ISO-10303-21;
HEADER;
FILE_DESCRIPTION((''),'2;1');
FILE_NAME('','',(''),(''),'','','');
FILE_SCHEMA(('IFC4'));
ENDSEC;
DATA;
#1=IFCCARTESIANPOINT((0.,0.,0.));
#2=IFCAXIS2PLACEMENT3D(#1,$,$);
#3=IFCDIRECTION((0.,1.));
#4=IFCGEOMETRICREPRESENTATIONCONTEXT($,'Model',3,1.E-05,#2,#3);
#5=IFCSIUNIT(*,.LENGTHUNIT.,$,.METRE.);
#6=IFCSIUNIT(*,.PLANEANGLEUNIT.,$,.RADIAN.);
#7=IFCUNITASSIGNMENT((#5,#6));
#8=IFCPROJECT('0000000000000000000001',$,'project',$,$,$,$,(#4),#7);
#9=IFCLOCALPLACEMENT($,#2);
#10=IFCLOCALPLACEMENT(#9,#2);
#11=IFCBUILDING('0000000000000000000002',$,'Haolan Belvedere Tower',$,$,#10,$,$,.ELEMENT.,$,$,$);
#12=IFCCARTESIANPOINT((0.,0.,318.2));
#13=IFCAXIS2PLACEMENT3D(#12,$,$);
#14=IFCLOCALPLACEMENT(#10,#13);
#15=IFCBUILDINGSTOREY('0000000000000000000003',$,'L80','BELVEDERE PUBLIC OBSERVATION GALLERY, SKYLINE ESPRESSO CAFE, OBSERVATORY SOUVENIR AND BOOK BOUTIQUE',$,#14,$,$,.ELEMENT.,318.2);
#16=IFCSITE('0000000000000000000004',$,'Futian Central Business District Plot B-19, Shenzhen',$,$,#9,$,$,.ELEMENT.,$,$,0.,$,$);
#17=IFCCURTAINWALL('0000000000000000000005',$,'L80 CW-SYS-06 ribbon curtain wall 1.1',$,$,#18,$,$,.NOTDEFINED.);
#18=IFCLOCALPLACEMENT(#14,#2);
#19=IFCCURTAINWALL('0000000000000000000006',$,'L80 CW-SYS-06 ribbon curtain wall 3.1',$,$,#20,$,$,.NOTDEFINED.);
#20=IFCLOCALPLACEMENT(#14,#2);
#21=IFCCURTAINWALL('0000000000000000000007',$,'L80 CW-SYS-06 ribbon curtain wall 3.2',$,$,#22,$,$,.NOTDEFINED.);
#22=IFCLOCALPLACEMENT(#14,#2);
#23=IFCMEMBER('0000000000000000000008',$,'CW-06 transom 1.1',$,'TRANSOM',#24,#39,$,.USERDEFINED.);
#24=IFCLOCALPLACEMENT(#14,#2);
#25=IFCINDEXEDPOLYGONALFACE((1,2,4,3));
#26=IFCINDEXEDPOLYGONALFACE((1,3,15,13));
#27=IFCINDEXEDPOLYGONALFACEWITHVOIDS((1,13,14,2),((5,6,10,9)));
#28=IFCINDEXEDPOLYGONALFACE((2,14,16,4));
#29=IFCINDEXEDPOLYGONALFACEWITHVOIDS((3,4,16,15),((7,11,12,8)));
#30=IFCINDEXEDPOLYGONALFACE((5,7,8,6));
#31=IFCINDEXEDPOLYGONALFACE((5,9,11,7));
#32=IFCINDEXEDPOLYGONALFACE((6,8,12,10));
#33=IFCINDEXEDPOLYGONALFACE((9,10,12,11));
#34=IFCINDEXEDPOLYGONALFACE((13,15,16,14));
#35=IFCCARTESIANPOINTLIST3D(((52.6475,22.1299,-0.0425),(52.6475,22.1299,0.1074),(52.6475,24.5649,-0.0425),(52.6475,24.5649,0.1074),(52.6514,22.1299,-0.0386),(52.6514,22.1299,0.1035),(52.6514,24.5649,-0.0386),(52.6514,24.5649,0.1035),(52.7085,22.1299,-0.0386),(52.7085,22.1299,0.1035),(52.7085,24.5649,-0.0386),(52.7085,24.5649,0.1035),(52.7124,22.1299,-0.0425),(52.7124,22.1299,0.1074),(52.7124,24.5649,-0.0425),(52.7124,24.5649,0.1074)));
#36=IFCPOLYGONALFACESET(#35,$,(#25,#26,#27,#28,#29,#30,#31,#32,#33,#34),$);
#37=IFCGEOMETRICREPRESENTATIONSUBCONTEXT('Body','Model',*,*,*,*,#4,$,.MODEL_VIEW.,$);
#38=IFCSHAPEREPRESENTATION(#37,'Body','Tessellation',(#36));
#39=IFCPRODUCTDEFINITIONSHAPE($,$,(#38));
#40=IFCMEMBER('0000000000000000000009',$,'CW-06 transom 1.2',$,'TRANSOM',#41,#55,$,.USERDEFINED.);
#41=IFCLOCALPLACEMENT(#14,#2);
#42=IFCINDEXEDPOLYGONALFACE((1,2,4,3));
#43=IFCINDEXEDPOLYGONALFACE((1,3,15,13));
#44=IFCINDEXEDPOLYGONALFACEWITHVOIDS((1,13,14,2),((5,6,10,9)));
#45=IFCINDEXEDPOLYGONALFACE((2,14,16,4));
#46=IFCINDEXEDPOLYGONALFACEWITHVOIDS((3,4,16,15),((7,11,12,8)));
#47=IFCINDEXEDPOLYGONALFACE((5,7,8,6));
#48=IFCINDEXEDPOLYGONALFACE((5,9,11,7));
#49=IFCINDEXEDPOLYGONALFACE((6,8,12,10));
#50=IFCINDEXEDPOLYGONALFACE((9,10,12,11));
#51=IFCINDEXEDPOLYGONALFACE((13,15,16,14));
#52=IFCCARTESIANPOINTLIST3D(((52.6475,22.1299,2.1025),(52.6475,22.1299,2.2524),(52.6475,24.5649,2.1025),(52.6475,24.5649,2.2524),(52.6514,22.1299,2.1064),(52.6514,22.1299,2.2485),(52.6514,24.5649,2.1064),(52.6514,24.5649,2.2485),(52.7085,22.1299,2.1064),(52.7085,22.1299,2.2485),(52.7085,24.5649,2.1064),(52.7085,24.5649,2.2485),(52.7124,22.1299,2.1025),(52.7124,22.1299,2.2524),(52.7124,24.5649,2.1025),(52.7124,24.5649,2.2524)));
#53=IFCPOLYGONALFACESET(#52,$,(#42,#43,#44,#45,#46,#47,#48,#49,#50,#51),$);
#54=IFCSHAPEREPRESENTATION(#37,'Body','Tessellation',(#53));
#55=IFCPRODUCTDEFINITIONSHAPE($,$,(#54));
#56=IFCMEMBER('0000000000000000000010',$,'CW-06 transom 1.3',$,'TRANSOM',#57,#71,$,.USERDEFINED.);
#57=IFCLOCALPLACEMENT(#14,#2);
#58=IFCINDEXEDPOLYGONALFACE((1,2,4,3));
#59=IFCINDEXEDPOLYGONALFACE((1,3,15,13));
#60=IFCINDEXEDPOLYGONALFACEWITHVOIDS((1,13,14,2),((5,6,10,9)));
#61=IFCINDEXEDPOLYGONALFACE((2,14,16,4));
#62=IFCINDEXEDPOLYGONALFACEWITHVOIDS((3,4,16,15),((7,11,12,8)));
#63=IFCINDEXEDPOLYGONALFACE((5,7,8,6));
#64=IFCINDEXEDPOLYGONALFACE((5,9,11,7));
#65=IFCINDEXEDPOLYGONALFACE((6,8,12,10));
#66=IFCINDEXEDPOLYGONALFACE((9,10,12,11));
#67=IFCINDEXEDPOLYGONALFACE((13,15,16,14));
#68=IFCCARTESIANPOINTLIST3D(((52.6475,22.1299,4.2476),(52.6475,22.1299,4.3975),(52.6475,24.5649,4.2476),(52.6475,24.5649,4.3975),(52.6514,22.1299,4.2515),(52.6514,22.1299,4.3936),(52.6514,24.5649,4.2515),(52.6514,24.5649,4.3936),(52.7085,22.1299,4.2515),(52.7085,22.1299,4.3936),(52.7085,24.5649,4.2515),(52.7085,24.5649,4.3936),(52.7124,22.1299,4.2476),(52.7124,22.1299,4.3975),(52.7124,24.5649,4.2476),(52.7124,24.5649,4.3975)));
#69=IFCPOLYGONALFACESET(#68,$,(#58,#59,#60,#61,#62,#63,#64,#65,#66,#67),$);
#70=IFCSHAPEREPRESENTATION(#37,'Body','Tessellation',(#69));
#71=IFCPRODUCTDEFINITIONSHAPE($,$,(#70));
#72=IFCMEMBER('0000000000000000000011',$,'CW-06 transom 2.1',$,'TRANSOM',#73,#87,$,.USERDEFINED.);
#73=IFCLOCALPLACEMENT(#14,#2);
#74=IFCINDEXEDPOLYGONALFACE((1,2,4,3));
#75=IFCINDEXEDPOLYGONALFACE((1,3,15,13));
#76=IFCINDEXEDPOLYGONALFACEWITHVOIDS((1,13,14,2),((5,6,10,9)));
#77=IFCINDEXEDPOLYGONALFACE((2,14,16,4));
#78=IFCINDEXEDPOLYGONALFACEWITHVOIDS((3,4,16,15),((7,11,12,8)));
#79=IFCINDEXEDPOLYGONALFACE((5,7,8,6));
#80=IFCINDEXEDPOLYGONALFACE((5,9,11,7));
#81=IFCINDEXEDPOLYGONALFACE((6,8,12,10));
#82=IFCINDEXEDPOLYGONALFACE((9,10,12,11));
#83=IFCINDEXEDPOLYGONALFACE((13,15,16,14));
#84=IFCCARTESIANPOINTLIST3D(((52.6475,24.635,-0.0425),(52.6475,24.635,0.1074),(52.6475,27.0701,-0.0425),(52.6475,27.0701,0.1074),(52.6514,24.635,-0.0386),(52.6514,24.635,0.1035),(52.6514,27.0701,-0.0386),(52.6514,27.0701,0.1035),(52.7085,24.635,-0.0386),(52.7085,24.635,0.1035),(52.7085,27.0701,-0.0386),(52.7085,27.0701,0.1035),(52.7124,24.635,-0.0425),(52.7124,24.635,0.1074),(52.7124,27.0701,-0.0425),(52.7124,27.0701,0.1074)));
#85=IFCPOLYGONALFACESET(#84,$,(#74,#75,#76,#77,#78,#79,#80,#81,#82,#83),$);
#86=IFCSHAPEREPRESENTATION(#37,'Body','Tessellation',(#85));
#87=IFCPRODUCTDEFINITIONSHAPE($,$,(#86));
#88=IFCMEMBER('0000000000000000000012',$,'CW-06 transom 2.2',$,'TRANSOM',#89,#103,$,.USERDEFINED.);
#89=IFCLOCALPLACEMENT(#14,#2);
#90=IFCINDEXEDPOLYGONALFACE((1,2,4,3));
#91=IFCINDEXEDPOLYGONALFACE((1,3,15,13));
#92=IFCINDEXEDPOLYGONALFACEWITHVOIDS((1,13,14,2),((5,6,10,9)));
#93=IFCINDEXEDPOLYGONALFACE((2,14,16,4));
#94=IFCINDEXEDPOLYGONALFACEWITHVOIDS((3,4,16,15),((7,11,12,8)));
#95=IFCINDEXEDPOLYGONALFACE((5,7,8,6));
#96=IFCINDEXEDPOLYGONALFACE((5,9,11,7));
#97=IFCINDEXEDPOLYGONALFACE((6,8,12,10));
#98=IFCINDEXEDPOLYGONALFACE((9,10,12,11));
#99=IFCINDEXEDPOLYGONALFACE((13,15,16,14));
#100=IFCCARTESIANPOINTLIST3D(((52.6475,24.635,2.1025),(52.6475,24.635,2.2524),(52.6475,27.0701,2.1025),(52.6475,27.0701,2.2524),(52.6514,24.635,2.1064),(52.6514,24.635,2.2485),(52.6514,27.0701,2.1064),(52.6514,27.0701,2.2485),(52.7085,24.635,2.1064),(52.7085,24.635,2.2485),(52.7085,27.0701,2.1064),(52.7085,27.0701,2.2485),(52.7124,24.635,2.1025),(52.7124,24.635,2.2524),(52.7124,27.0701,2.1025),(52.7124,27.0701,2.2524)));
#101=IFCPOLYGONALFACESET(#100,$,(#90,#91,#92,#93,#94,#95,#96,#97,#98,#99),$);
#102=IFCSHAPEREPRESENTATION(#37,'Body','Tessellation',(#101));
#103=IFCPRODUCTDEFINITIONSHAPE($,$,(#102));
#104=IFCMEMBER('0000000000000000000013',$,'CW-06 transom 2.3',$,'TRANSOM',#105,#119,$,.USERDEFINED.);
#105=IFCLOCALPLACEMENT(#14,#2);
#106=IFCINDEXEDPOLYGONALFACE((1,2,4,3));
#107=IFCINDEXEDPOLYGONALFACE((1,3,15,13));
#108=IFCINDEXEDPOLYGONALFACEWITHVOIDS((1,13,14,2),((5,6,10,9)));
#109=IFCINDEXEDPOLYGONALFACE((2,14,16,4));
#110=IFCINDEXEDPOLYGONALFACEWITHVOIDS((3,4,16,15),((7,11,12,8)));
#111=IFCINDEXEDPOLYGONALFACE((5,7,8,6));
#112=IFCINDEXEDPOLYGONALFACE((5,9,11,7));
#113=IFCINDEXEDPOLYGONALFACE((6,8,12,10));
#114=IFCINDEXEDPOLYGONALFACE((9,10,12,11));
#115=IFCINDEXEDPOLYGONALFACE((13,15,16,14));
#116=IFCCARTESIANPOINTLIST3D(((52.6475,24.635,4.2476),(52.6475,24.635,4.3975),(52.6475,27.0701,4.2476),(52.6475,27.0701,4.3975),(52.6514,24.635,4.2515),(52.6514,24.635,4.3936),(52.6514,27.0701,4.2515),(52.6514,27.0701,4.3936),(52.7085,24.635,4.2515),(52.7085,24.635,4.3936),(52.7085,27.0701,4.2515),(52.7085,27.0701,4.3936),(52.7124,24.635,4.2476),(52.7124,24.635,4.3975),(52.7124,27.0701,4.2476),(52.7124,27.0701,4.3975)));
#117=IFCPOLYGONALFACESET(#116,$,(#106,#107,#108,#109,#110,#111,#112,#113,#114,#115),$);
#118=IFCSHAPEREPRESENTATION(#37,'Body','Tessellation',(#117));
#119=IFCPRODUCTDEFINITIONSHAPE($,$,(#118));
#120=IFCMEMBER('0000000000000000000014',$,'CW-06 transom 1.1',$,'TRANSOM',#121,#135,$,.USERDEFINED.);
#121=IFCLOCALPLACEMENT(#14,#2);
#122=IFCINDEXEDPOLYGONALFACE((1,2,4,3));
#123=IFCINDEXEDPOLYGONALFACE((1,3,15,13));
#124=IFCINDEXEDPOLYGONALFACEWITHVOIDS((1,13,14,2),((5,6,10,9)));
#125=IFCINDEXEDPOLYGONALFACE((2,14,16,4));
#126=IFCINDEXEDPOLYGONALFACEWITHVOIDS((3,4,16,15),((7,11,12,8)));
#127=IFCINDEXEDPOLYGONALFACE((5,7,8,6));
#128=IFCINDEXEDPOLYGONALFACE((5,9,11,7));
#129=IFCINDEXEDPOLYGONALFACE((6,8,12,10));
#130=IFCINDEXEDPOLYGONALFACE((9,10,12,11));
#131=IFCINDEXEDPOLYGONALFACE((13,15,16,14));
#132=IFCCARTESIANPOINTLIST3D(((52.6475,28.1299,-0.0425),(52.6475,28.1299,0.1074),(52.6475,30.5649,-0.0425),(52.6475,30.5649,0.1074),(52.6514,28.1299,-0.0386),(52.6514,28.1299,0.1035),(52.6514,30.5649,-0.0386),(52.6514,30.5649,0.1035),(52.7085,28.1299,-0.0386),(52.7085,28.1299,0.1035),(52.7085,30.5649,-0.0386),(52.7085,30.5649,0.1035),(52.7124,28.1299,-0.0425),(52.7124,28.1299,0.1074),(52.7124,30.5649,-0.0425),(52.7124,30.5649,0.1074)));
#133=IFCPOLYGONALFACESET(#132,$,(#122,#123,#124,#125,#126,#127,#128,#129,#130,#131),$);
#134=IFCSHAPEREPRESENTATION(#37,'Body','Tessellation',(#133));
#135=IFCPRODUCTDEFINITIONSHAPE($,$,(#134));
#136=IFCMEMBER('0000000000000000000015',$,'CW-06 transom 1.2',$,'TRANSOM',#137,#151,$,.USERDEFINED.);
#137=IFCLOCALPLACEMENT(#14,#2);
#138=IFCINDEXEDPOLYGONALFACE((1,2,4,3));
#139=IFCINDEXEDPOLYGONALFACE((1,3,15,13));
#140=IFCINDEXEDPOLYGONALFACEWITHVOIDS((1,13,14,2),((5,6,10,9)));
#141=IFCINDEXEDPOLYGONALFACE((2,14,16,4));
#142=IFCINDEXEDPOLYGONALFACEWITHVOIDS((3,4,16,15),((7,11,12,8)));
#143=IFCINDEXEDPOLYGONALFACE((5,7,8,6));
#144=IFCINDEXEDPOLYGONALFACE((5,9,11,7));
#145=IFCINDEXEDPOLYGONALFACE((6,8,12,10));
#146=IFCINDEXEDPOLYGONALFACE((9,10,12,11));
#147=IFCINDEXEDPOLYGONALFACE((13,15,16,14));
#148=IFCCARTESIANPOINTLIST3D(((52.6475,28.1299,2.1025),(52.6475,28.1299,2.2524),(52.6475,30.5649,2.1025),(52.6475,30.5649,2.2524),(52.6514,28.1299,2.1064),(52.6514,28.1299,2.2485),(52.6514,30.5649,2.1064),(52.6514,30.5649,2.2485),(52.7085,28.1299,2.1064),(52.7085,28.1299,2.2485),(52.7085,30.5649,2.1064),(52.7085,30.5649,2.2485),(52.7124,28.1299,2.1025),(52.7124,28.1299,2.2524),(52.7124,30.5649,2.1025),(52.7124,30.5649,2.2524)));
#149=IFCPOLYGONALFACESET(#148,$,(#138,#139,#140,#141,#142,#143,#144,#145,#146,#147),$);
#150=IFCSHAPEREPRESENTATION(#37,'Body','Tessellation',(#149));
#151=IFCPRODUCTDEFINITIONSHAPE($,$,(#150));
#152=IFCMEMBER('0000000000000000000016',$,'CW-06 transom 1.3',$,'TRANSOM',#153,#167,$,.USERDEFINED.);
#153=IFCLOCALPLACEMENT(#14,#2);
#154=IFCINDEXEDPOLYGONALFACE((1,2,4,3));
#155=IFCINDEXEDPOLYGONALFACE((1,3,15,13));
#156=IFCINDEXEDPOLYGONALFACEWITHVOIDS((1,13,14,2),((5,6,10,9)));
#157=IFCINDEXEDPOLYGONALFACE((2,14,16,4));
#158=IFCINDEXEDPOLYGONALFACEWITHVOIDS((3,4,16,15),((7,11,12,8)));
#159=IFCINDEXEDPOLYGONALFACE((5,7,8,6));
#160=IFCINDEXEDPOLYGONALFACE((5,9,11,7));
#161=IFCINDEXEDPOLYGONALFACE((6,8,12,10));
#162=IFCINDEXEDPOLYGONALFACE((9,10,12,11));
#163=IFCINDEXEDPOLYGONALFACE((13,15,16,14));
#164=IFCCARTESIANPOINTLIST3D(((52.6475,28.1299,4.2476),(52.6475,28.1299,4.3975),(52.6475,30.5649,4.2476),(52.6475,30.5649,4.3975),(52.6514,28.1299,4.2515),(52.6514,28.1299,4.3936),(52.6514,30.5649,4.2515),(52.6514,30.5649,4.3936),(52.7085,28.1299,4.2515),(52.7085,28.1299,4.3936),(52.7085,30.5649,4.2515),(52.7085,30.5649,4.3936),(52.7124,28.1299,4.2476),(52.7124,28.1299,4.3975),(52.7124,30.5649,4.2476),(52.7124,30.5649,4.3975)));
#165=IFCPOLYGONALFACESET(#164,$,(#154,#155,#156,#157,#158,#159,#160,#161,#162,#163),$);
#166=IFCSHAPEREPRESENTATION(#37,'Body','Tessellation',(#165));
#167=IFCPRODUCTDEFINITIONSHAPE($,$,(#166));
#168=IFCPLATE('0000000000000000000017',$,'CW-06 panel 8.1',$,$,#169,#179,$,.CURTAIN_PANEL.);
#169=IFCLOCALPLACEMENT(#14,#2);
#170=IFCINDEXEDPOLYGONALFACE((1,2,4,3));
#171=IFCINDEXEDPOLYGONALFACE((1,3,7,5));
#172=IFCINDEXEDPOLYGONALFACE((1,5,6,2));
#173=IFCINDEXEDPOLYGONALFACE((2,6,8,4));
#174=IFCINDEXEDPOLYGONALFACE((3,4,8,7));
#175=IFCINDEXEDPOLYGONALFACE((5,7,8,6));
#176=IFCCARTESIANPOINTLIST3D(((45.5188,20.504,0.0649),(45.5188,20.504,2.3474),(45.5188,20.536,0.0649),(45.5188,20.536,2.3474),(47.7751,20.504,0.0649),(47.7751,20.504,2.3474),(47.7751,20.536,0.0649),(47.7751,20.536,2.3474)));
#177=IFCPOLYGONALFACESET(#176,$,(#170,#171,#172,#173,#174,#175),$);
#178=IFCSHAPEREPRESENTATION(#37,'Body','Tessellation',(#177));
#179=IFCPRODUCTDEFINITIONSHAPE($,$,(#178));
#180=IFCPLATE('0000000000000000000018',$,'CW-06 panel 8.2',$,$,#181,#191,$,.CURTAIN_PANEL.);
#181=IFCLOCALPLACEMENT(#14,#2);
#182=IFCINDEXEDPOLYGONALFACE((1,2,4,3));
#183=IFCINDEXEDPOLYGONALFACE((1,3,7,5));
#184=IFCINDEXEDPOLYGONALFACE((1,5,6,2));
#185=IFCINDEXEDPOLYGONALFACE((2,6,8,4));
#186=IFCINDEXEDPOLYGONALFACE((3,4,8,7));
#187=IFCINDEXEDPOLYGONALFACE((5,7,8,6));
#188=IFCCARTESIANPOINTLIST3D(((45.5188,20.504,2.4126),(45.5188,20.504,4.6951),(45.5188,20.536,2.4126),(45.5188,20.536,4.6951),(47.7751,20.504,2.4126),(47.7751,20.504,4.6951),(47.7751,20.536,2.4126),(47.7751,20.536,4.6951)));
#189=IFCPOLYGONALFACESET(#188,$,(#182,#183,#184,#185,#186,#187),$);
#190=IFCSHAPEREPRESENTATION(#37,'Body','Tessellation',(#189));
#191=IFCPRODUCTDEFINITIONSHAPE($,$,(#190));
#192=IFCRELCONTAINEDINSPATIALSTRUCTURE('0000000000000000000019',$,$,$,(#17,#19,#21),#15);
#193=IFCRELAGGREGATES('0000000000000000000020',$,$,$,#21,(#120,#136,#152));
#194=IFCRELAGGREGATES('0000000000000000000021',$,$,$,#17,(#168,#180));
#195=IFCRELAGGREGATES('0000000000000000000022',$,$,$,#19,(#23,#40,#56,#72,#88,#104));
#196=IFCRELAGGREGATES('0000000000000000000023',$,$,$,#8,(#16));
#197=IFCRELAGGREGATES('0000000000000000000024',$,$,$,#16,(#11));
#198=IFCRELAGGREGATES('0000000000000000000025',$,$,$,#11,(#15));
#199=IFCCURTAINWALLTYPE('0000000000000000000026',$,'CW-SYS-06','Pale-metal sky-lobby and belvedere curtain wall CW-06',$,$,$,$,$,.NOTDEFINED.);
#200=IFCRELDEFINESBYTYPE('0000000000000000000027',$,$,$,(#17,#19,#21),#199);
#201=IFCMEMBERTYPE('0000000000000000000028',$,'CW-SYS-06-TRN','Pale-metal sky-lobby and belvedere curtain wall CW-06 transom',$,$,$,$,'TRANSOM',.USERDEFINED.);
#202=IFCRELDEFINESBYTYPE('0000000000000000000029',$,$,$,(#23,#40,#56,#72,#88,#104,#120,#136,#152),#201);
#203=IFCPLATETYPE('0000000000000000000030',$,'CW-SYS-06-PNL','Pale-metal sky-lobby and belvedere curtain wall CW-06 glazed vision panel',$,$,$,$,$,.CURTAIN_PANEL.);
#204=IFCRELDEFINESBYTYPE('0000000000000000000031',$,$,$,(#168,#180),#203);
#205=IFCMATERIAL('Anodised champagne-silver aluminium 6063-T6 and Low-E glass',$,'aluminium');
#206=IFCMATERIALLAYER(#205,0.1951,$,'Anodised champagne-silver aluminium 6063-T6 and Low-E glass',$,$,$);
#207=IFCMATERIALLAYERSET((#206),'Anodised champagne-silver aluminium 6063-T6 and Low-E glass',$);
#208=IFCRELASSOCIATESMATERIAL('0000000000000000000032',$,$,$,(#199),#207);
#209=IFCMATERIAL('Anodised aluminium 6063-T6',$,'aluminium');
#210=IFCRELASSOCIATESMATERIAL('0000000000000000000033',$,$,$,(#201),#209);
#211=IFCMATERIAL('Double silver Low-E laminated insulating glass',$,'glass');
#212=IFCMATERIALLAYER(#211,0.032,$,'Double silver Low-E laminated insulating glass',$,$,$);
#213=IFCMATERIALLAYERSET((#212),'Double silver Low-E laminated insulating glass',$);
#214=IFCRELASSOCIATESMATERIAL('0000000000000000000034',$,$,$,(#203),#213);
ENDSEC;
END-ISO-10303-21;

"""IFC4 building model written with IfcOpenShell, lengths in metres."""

from ifc_helpers import new_model, si_unit, direction, frame, origin, origin_2d, place, context, subcontext, project, spatial, rectangle, hollow_rectangle, extrude, material, layer, layer_set, material_profile, profile_set, type_object, element, aggregate, save


model = new_model("IFC4")

# Units and contexts
model_context = context("Model", 3, precision=1e-05, world=origin(), true_north=direction((0.0, 1.0)))
body_context = subcontext(model_context, "Body", "Model", "MODEL_VIEW")
ifc_project = project(units=[si_unit("LENGTHUNIT", "METRE"), si_unit("PLANEANGLEUNIT", "RADIAN")], contexts=[model_context])

# Site, building, storey
site_placement = place(None, origin())
site = spatial("IfcSite", under=ifc_project, at=site_placement, Name="Futian Central Business District Plot B-19, Shenzhen", CompositionType="ELEMENT", RefElevation=0.0)
building_placement = place(site_placement, origin())
building = spatial("IfcBuilding", under=site, at=building_placement, Name="Haolan Belvedere Tower", CompositionType="ELEMENT")
storey_placement = place(building_placement, frame((0.0, 0.0, 318.2)))
storey = spatial("IfcBuildingStorey", under=building, at=storey_placement, Name="L80", Description="BELVEDERE PUBLIC OBSERVATION GALLERY, SKYLINE ESPRESSO CAFE, OBSERVATORY SOUVENIR AND BOOK BOUTIQUE", CompositionType="ELEMENT", Elevation=318.2)

# Curtain wall
ifc_material_1 = material(Name="Anodised champagne-silver aluminium 6063-T6 and Low-E glass", Category="aluminium")
ifc_layer_1 = layer(ifc_material_1, 0.1951, Name="Anodised champagne-silver aluminium 6063-T6 and Low-E glass")
ifc_layer_set_1 = layer_set([ifc_layer_1], Name="Anodised champagne-silver aluminium 6063-T6 and Low-E glass")
curtain_wall_type = type_object("IfcCurtainWallType", Name="CW-SYS-06", Description="Pale-metal sky-lobby and belvedere curtain wall CW-06", PredefinedType="NOTDEFINED", material=ifc_layer_set_1)
curtain_wall_1_placement = place(storey_placement, origin())
curtain_wall_1 = element("IfcCurtainWall", 1, at=curtain_wall_1_placement, inside=storey, type_object=curtain_wall_type, Name="L80 CW-SYS-06 ribbon curtain wall 1.1", PredefinedType="NOTDEFINED")
ifc_material_2 = material(Name="Anodised aluminium 6063-T6", Category="aluminium")

# Curtain wall
curtain_wall_2_placement = place(storey_placement, origin())
curtain_wall_2 = element("IfcCurtainWall", 2, at=curtain_wall_2_placement, inside=storey, type_object=curtain_wall_type, Name="L80 CW-SYS-06 ribbon curtain wall 3.1", PredefinedType="NOTDEFINED")

# Curtain wall
curtain_wall_3_placement = place(storey_placement, origin())
curtain_wall_3 = element("IfcCurtainWall", 3, at=curtain_wall_3_placement, inside=storey, type_object=curtain_wall_type, Name="L80 CW-SYS-06 ribbon curtain wall 3.2", PredefinedType="NOTDEFINED")

# Members
ifc_material_profile_1 = material_profile(ifc_material_2, hollow_rectangle(XDim=0.0649, YDim=0.1499, WallThickness=0.0039, at=origin_2d()), Name="Anodised aluminium 6063-T6")
ifc_profile_set_1 = profile_set([ifc_material_profile_1], Name="Anodised aluminium 6063-T6")
member_type_1 = type_object("IfcMemberType", Name="CW-SYS-06-TRN", Description="Pale-metal sky-lobby and belvedere curtain wall CW-06 transom", ElementType="TRANSOM", PredefinedType="USERDEFINED", material=ifc_profile_set_1)
member_1_placement = place(storey_placement, frame((52.6799, 22.1299, 0.0325), z_axis=(0.0, 1.0, 0.0), x_axis=(-1.0, 0.0, 0.0)))
member_1 = element("IfcMember", 4, at=member_1_placement, type_object=member_type_1, Name="CW-06 transom 1.1", ObjectType="TRANSOM", PredefinedType="USERDEFINED", context=body_context, shape_type="SweptSolid", body=[
    extrude(hollow_rectangle(XDim=0.0649, YDim=0.1499, WallThickness=0.0039, at=origin_2d()), origin(), (0.0, 0.0, 1.0), 2.4351),
])
member_2_placement = place(storey_placement, frame((52.6799, 22.1299, 2.1775), z_axis=(0.0, 1.0, 0.0), x_axis=(-1.0, 0.0, 0.0)))
member_2 = element("IfcMember", 5, at=member_2_placement, type_object=member_type_1, Name="CW-06 transom 1.2", ObjectType="TRANSOM", PredefinedType="USERDEFINED", context=body_context, shape_type="SweptSolid", body=[
    extrude(hollow_rectangle(XDim=0.0649, YDim=0.1499, WallThickness=0.0039, at=origin_2d()), origin(), (0.0, 0.0, 1.0), 2.4351),
])
member_3_placement = place(storey_placement, frame((52.6799, 22.1299, 4.3225), z_axis=(0.0, 1.0, 0.0), x_axis=(-1.0, 0.0, 0.0)))
member_3 = element("IfcMember", 6, at=member_3_placement, type_object=member_type_1, Name="CW-06 transom 1.3", ObjectType="TRANSOM", PredefinedType="USERDEFINED", context=body_context, shape_type="SweptSolid", body=[
    extrude(hollow_rectangle(XDim=0.0649, YDim=0.1499, WallThickness=0.0039, at=origin_2d()), origin(), (0.0, 0.0, 1.0), 2.4351),
])
member_4_placement = place(storey_placement, frame((52.6799, 24.635, 0.0325), z_axis=(0.0, 1.0, 0.0), x_axis=(-1.0, 0.0, 0.0)))
member_4 = element("IfcMember", 7, at=member_4_placement, type_object=member_type_1, Name="CW-06 transom 2.1", ObjectType="TRANSOM", PredefinedType="USERDEFINED", context=body_context, shape_type="SweptSolid", body=[
    extrude(hollow_rectangle(XDim=0.0649, YDim=0.1499, WallThickness=0.0039, at=origin_2d()), origin(), (0.0, 0.0, 1.0), 2.4351),
])
member_5_placement = place(storey_placement, frame((52.6799, 24.635, 2.1775), z_axis=(0.0, 1.0, 0.0), x_axis=(-1.0, 0.0, 0.0)))
member_5 = element("IfcMember", 8, at=member_5_placement, type_object=member_type_1, Name="CW-06 transom 2.2", ObjectType="TRANSOM", PredefinedType="USERDEFINED", context=body_context, shape_type="SweptSolid", body=[
    extrude(hollow_rectangle(XDim=0.0649, YDim=0.1499, WallThickness=0.0039, at=origin_2d()), origin(), (0.0, 0.0, 1.0), 2.4351),
])
member_6_placement = place(storey_placement, frame((52.6799, 24.635, 4.3225), z_axis=(0.0, 1.0, 0.0), x_axis=(-1.0, 0.0, 0.0)))
member_6 = element("IfcMember", 9, at=member_6_placement, type_object=member_type_1, Name="CW-06 transom 2.3", ObjectType="TRANSOM", PredefinedType="USERDEFINED", context=body_context, shape_type="SweptSolid", body=[
    extrude(hollow_rectangle(XDim=0.0649, YDim=0.1499, WallThickness=0.0039, at=origin_2d()), origin(), (0.0, 0.0, 1.0), 2.4351),
])
member_7_placement = place(storey_placement, frame((52.6799, 28.1299, 0.0325), z_axis=(0.0, 1.0, 0.0), x_axis=(-1.0, 0.0, 0.0)))
member_7 = element("IfcMember", 10, at=member_7_placement, type_object=member_type_1, Name="CW-06 transom 1.1", ObjectType="TRANSOM", PredefinedType="USERDEFINED", context=body_context, shape_type="SweptSolid", body=[
    extrude(hollow_rectangle(XDim=0.0649, YDim=0.1499, WallThickness=0.0039, at=origin_2d()), origin(), (0.0, 0.0, 1.0), 2.4351),
])
member_8_placement = place(storey_placement, frame((52.6799, 28.1299, 2.1775), z_axis=(0.0, 1.0, 0.0), x_axis=(-1.0, 0.0, 0.0)))
member_8 = element("IfcMember", 11, at=member_8_placement, type_object=member_type_1, Name="CW-06 transom 1.2", ObjectType="TRANSOM", PredefinedType="USERDEFINED", context=body_context, shape_type="SweptSolid", body=[
    extrude(hollow_rectangle(XDim=0.0649, YDim=0.1499, WallThickness=0.0039, at=origin_2d()), origin(), (0.0, 0.0, 1.0), 2.4351),
])
member_9_placement = place(storey_placement, frame((52.6799, 28.1299, 4.3225), z_axis=(0.0, 1.0, 0.0), x_axis=(-1.0, 0.0, 0.0)))
member_9 = element("IfcMember", 12, at=member_9_placement, type_object=member_type_1, Name="CW-06 transom 1.3", ObjectType="TRANSOM", PredefinedType="USERDEFINED", context=body_context, shape_type="SweptSolid", body=[
    extrude(hollow_rectangle(XDim=0.0649, YDim=0.1499, WallThickness=0.0039, at=origin_2d()), origin(), (0.0, 0.0, 1.0), 2.4351),
])
aggregate(curtain_wall_3, [member_7, member_8, member_9])

# Plates
ifc_material_3 = material(Name="Double silver Low-E laminated insulating glass", Category="glass")
ifc_layer_2 = layer(ifc_material_3, 0.032, Name="Double silver Low-E laminated insulating glass")
ifc_layer_set_2 = layer_set([ifc_layer_2], Name="Double silver Low-E laminated insulating glass")
plate_type = type_object("IfcPlateType", Name="CW-SYS-06-PNL", Description="Pale-metal sky-lobby and belvedere curtain wall CW-06 glazed vision panel", PredefinedType="CURTAIN_PANEL", material=ifc_layer_set_2)
plate_1_placement = place(storey_placement, frame((46.647, 20.52, 0.0649), z_axis=(0.0, 0.0, 1.0), x_axis=(1.0, 0.0, 0.0)))
plate_1 = element("IfcPlate", 13, at=plate_1_placement, type_object=plate_type, Name="CW-06 panel 8.1", PredefinedType="CURTAIN_PANEL", context=body_context, shape_type="SweptSolid", body=[
    extrude(rectangle(XDim=2.2563, YDim=0.032, at=origin_2d()), origin(), (0.0, 0.0, 1.0), 2.2825),
])
plate_2_placement = place(storey_placement, frame((46.647, 20.52, 2.4126), z_axis=(0.0, 0.0, 1.0), x_axis=(1.0, 0.0, 0.0)))
plate_2 = element("IfcPlate", 14, at=plate_2_placement, type_object=plate_type, Name="CW-06 panel 8.2", PredefinedType="CURTAIN_PANEL", context=body_context, shape_type="SweptSolid", body=[
    extrude(rectangle(XDim=2.2563, YDim=0.032, at=origin_2d()), origin(), (0.0, 0.0, 1.0), 2.2825),
])
aggregate(curtain_wall_1, [plate_1, plate_2])
aggregate(curtain_wall_2, [member_1, member_2, member_3, member_4, member_5, member_6])

save(model, "model.ifc")
